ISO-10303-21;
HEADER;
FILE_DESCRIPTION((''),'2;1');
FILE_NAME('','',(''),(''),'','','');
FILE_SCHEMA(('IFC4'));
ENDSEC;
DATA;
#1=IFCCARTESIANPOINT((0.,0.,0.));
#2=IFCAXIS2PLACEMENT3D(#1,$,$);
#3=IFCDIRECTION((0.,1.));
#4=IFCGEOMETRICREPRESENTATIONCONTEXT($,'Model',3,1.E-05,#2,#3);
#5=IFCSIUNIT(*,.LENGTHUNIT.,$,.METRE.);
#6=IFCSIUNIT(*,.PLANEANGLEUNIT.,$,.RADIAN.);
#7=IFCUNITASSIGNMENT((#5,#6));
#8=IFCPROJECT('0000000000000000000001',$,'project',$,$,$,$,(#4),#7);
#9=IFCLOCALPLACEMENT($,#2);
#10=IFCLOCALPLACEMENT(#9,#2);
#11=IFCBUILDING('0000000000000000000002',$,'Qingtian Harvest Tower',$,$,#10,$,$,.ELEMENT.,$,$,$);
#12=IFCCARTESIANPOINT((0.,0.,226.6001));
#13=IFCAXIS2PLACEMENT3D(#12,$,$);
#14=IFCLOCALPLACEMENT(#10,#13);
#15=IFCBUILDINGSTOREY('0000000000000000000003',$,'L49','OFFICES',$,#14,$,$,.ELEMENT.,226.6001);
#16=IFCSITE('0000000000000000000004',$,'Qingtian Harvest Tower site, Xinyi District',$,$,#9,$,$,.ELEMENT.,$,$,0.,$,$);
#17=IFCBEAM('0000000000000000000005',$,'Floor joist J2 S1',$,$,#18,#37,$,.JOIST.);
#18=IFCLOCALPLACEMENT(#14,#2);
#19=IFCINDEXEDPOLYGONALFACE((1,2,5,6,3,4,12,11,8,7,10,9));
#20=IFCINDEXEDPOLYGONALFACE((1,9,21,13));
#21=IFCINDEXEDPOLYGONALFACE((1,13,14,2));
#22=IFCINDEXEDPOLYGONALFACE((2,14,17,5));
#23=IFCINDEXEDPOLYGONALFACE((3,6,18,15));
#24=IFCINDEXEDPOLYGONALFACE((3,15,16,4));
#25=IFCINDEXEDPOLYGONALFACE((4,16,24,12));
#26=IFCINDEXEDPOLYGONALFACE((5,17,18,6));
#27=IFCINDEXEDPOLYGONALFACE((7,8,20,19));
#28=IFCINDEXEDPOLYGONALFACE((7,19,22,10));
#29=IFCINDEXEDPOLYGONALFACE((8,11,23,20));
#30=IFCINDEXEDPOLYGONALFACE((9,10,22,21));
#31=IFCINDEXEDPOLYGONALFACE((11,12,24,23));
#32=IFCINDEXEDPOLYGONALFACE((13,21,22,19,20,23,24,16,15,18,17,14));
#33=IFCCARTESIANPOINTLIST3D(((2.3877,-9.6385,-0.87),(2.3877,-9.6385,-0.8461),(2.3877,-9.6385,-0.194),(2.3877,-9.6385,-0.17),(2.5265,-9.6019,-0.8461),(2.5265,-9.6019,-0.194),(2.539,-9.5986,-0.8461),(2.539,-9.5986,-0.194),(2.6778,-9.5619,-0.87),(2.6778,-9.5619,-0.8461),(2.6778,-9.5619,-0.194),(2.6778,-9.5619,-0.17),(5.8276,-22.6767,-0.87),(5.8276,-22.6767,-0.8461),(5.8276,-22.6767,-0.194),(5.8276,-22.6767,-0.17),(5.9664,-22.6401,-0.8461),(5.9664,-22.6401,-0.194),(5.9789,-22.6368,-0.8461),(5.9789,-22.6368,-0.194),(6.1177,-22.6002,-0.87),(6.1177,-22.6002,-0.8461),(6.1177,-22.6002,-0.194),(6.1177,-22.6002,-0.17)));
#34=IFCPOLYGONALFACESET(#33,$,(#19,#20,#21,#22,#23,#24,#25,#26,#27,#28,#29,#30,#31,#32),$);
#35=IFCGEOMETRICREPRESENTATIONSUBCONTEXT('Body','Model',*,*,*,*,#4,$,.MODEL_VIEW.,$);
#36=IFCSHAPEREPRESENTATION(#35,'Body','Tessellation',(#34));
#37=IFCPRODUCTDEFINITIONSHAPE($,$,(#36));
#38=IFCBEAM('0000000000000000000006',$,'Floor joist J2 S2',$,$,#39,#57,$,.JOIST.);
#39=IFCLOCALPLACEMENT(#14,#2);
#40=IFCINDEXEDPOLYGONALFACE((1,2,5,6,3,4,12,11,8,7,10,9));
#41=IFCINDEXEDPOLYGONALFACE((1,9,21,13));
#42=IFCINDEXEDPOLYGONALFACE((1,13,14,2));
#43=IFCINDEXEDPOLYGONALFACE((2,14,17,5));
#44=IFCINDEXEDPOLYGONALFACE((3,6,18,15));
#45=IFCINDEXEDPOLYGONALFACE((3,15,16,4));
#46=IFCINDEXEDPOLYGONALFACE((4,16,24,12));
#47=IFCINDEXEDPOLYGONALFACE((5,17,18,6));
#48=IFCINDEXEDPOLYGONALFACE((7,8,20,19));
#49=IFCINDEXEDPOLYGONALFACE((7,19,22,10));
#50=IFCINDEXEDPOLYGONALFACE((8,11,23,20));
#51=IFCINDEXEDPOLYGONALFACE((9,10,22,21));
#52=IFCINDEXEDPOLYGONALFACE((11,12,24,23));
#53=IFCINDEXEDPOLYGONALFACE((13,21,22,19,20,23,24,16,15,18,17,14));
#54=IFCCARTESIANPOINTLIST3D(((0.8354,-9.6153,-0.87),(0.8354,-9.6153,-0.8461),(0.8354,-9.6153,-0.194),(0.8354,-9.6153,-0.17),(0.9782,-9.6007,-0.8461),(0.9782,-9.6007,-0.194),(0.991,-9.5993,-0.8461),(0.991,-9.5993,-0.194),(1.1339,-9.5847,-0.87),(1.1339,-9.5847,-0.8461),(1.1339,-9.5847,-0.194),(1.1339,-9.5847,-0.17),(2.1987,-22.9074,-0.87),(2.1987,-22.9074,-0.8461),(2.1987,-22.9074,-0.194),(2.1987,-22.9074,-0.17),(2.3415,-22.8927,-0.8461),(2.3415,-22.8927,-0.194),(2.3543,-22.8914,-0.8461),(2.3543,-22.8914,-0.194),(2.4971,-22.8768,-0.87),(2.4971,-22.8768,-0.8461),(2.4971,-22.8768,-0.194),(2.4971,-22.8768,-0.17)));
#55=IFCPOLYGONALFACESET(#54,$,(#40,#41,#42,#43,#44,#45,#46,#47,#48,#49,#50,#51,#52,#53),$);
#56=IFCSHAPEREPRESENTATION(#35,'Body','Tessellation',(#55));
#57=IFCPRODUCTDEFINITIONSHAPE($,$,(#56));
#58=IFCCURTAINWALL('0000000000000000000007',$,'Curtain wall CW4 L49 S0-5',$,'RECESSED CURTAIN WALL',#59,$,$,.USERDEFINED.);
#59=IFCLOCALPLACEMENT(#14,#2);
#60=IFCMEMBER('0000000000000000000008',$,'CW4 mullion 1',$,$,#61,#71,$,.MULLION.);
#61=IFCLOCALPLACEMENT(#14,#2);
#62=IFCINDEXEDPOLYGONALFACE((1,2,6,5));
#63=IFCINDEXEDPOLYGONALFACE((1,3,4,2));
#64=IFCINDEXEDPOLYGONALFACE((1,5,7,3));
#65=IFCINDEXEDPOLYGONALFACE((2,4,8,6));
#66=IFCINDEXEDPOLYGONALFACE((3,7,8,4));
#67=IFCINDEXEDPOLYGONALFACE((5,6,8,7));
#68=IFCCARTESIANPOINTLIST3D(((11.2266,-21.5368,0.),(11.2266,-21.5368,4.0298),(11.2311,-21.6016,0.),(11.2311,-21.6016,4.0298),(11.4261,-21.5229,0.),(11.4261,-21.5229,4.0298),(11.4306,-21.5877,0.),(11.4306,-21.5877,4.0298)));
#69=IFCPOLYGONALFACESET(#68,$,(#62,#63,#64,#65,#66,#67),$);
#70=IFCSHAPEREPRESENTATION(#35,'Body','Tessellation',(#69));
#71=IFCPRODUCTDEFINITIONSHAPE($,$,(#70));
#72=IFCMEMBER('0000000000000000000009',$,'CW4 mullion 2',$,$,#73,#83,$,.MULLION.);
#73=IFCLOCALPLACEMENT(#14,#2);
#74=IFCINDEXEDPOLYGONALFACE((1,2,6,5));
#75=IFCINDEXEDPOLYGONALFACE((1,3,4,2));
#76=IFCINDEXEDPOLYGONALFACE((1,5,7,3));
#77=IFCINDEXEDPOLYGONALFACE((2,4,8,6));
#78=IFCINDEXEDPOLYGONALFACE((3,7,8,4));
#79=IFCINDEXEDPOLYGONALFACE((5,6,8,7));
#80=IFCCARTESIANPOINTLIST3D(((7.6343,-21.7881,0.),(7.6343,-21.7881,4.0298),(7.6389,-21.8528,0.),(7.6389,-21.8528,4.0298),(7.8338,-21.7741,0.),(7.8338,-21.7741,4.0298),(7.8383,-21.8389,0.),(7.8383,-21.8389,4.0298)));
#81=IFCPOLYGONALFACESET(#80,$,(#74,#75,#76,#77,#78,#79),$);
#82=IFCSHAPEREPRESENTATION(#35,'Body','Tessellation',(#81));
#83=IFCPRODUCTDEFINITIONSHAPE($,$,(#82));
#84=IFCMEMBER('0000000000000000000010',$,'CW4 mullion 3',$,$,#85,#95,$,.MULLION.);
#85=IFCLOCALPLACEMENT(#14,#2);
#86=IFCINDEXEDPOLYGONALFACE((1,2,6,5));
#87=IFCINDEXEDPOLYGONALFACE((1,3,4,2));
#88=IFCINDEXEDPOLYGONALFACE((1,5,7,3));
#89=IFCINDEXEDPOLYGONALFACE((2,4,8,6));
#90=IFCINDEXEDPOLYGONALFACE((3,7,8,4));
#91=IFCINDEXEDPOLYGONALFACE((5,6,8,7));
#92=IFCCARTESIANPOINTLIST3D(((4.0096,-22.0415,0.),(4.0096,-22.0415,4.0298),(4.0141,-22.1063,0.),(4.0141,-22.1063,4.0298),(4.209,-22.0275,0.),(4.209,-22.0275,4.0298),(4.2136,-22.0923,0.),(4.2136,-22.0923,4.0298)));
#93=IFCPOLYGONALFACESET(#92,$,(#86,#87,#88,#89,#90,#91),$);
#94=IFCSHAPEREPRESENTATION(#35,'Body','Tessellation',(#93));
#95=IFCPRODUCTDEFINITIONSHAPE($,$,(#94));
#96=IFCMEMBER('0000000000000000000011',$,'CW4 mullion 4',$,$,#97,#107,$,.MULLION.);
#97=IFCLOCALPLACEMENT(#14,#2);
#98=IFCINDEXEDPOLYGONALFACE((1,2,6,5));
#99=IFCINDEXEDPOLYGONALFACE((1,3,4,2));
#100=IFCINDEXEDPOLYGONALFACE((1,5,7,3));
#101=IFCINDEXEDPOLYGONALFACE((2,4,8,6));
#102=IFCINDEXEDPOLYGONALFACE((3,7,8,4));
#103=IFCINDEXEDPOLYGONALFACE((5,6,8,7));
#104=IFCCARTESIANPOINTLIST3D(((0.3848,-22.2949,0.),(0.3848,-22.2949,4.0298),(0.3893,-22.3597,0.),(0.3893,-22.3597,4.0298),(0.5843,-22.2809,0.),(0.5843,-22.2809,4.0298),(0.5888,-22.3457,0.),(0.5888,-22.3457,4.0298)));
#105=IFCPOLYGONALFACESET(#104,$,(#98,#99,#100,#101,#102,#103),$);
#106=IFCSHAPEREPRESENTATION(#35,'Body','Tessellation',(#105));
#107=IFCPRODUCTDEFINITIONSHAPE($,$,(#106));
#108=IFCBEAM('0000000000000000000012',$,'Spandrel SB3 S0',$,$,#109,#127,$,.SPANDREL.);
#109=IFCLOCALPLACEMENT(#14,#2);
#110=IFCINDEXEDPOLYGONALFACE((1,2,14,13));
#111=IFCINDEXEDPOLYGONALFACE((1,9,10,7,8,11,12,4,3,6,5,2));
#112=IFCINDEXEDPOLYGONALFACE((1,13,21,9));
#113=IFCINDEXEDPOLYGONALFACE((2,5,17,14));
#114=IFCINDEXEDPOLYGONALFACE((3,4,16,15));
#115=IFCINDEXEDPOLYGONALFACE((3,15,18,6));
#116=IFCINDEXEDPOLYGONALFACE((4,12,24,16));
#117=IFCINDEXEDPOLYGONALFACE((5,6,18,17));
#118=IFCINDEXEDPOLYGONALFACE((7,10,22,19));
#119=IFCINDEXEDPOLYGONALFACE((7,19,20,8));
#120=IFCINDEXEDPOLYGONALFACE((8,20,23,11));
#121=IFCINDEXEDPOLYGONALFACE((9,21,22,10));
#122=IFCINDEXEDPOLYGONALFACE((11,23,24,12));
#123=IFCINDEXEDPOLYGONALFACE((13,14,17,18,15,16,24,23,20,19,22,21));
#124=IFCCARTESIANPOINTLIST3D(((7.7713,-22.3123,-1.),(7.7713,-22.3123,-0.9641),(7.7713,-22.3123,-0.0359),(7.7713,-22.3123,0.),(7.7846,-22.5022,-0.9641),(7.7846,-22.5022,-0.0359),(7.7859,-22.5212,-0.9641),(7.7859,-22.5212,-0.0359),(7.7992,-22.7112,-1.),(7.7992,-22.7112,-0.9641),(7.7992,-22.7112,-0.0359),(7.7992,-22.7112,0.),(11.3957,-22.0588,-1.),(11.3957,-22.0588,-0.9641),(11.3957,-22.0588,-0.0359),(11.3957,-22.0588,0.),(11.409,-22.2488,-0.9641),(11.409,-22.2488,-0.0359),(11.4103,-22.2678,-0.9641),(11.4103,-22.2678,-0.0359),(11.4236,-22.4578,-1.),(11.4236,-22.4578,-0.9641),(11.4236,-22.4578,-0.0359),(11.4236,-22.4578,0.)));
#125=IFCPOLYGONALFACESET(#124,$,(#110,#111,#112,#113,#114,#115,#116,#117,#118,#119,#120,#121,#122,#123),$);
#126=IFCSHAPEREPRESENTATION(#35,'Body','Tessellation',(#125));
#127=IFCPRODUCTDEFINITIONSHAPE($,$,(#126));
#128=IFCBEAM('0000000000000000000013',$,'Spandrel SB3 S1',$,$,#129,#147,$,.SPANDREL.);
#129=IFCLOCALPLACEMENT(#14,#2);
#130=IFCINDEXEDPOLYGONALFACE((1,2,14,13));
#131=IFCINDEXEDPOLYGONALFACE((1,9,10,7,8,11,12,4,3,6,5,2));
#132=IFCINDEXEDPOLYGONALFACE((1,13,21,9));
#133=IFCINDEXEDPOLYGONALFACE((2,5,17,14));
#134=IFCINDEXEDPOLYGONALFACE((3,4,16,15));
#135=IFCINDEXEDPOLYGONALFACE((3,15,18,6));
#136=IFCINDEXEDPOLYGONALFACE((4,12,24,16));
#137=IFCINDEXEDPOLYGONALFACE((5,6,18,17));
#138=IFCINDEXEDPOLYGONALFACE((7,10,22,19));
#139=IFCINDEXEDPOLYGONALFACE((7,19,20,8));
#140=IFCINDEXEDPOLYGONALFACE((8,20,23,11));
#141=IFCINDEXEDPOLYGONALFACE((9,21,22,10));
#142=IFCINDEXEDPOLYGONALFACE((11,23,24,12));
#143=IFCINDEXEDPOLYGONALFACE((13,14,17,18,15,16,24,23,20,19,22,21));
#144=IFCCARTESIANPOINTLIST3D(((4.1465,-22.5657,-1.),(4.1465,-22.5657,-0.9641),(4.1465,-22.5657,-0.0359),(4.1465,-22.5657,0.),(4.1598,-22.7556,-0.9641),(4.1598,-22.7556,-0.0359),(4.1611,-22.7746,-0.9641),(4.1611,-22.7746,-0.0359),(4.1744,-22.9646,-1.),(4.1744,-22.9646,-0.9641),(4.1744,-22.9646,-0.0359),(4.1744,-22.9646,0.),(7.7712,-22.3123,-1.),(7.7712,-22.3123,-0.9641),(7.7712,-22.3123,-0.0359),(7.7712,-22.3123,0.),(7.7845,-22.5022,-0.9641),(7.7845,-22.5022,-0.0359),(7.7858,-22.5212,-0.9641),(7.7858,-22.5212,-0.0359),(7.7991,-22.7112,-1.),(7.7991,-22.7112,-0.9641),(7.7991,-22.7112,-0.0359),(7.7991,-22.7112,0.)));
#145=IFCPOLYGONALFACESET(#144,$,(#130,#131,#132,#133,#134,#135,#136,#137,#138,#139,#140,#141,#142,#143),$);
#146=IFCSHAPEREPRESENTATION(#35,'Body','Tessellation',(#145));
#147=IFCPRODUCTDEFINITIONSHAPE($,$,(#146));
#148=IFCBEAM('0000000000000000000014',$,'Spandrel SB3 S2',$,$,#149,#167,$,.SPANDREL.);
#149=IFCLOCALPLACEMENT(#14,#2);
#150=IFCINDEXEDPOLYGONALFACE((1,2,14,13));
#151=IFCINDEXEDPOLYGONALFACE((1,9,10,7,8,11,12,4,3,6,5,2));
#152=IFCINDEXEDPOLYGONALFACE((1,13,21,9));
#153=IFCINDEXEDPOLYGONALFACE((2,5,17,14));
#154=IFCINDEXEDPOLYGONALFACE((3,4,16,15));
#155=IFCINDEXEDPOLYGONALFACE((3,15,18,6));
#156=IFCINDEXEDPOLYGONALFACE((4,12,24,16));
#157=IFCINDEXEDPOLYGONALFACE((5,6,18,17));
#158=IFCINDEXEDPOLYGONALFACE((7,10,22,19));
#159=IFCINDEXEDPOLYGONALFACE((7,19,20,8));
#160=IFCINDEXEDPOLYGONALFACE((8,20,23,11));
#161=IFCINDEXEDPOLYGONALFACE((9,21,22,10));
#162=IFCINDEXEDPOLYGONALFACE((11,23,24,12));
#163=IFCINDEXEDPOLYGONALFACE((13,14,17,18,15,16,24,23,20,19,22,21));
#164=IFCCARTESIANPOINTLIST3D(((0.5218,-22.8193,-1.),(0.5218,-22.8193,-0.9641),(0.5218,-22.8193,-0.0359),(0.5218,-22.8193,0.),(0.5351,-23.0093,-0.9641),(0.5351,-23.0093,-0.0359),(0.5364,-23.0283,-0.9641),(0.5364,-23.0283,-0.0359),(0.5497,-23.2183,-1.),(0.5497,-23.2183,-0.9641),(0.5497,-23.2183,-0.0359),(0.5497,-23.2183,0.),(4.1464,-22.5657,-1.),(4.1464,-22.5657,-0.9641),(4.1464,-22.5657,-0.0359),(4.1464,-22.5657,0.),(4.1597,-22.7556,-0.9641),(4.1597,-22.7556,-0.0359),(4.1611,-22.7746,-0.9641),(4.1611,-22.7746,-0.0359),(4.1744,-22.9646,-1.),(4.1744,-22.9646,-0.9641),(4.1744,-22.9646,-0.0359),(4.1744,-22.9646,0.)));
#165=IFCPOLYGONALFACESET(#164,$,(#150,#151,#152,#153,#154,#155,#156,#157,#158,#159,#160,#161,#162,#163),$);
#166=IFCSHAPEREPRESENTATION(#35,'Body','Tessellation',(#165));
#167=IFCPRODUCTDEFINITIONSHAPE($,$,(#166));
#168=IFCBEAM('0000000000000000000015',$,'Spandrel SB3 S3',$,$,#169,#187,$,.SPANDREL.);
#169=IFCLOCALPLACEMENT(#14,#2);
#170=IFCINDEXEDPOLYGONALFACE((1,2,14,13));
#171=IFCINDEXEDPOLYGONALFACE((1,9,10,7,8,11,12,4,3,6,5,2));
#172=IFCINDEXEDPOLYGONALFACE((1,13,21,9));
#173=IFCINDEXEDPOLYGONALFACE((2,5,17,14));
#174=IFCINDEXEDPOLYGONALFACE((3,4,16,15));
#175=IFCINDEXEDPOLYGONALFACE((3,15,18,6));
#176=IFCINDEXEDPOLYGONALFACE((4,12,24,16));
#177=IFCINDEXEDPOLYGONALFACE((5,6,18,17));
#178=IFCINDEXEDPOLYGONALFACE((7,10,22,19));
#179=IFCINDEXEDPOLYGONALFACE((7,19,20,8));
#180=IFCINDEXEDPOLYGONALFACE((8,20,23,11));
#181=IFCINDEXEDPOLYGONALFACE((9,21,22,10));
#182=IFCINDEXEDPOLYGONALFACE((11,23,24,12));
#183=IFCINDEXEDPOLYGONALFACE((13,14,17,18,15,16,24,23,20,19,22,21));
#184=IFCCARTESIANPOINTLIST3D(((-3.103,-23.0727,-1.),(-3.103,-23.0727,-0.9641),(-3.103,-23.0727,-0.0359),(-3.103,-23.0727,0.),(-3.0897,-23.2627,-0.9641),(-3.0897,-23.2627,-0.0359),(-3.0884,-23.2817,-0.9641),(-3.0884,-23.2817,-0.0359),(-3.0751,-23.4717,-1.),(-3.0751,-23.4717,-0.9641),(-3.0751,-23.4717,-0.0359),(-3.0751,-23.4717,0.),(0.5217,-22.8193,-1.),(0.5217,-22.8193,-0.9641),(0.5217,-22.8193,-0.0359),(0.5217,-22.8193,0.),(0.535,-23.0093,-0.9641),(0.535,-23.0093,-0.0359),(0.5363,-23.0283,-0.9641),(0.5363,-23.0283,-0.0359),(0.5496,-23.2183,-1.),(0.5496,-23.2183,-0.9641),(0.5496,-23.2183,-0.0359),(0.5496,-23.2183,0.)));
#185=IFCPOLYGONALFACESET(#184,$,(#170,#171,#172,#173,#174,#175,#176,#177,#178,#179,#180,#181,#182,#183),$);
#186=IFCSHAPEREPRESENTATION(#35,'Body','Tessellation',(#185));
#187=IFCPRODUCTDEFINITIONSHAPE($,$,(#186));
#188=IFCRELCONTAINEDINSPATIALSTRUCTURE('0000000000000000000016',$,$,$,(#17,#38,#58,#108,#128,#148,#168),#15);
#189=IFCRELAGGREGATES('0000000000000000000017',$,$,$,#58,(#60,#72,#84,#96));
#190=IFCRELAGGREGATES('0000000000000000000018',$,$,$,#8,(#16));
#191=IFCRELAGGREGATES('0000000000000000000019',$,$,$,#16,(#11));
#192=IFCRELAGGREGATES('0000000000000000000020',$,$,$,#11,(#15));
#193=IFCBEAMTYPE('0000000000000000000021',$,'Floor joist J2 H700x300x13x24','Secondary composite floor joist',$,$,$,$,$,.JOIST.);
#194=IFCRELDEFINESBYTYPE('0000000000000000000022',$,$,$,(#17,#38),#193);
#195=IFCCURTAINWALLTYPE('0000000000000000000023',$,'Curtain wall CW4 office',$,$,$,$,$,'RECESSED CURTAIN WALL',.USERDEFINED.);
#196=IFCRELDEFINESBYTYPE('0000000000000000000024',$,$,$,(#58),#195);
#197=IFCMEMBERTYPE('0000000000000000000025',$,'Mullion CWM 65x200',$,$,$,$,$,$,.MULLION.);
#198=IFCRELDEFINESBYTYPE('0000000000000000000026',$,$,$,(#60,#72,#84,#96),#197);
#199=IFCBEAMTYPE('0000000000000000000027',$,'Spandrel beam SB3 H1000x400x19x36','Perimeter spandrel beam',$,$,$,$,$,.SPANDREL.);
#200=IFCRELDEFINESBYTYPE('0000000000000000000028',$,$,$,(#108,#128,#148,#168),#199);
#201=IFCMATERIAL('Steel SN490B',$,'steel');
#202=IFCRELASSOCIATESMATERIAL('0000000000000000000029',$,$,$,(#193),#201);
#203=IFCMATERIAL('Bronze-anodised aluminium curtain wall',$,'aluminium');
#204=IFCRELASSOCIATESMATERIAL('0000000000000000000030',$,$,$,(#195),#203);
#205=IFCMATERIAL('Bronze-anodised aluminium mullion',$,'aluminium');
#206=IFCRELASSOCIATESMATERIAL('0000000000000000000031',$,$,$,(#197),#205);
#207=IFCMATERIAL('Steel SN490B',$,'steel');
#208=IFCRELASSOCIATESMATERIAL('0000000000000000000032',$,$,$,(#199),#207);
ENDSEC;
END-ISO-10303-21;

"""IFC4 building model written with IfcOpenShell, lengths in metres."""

from ifc_helpers import new_model, si_unit, direction, frame, origin, origin_2d, place, context, subcontext, project, spatial, rectangle, i_section, extrude, material, material_profile, profile_set, type_object, element, aggregate, save


model = new_model("IFC4")

# Units and contexts
model_context = context("Model", 3, precision=1e-05, world=origin(), true_north=direction((0.0, 1.0)))
body_context = subcontext(model_context, "Body", "Model", "MODEL_VIEW")
ifc_project = project(units=[si_unit("LENGTHUNIT", "METRE"), si_unit("PLANEANGLEUNIT", "RADIAN")], contexts=[model_context])

# Site, building, storey
site_placement = place(None, origin())
site = spatial("IfcSite", under=ifc_project, at=site_placement, Name="Qingtian Harvest Tower site, Xinyi District", CompositionType="ELEMENT", RefElevation=0.0)
building_placement = place(site_placement, origin())
building = spatial("IfcBuilding", under=site, at=building_placement, Name="Qingtian Harvest Tower", CompositionType="ELEMENT")
storey_placement = place(building_placement, frame((0.0, 0.0, 226.6001)))
storey = spatial("IfcBuildingStorey", under=building, at=storey_placement, Name="L49", Description="OFFICES", CompositionType="ELEMENT", Elevation=226.6001)

# Beams
ifc_material_1 = material(Name="Steel SN490B", Category="steel")
ifc_material_profile_1 = material_profile(ifc_material_1, i_section(OverallWidth=0.3, OverallDepth=0.7, WebThickness=0.0129, FlangeThickness=0.0239, at=origin_2d()), Name="H700x300x13x24")
ifc_profile_set_1 = profile_set([ifc_material_profile_1], Name="Steel SN490B")
beam_type_1 = type_object("IfcBeamType", Name="Floor joist J2 H700x300x13x24", Description="Secondary composite floor joist", PredefinedType="JOIST", material=ifc_profile_set_1)
beam_1_placement = place(storey_placement, frame((5.9727, -22.6384, -0.52), z_axis=(-0.255104, 0.966914, 0.0), x_axis=(-0.966914, -0.255104, 0.0)))
element("IfcBeam", 1, at=beam_1_placement, inside=storey, type_object=beam_type_1, Name="Floor joist J2 S1", PredefinedType="JOIST", context=body_context, shape_type="SweptSolid", body=[
    extrude(i_section(OverallWidth=0.3, OverallDepth=0.7, WebThickness=0.0129, FlangeThickness=0.0239, at=origin_2d()), origin(), (0.0, 0.0, 1.0), 13.4844),
])
beam_2_placement = place(storey_placement, frame((2.3479, -22.8921, -0.52), z_axis=(-0.102029, 0.994781, 0.0), x_axis=(-0.994781, -0.102029, 0.0)))
element("IfcBeam", 2, at=beam_2_placement, inside=storey, type_object=beam_type_1, Name="Floor joist J2 S2", PredefinedType="JOIST", context=body_context, shape_type="SweptSolid", body=[
    extrude(i_section(OverallWidth=0.3, OverallDepth=0.7, WebThickness=0.0129, FlangeThickness=0.0239, at=origin_2d()), origin(), (0.0, 0.0, 1.0), 13.3618),
])

# Curtain wall, members
ifc_material_2 = material(Name="Bronze-anodised aluminium curtain wall", Category="aluminium")
curtain_wall_type = type_object("IfcCurtainWallType", Name="Curtain wall CW4 office", ElementType="RECESSED CURTAIN WALL", PredefinedType="USERDEFINED", material=ifc_material_2)
curtain_wall_placement = place(storey_placement, origin())
curtain_wall = element("IfcCurtainWall", 3, at=curtain_wall_placement, inside=storey, type_object=curtain_wall_type, Name="Curtain wall CW4 L49 S0-5", ObjectType="RECESSED CURTAIN WALL", PredefinedType="USERDEFINED")
ifc_material_3 = material(Name="Bronze-anodised aluminium mullion", Category="aluminium")
ifc_material_profile_2 = material_profile(ifc_material_3, rectangle(XDim=0.0649, YDim=0.2, at=origin_2d()), Name="AL 65x200")
ifc_profile_set_2 = profile_set([ifc_material_profile_2], Name="Bronze-anodised aluminium mullion")
member_type_1 = type_object("IfcMemberType", Name="Mullion CWM 65x200", PredefinedType="MULLION", material=ifc_profile_set_2)
member_1_placement = place(storey_placement, frame((11.3286, -21.5623, 0.0), z_axis=(0.0, 0.0, 1.0), x_axis=(0.069756, -0.997564, 0.0)))
member_1 = element("IfcMember", 4, at=member_1_placement, type_object=member_type_1, Name="CW4 mullion 1", PredefinedType="MULLION", context=body_context, shape_type="SweptSolid", body=[
    extrude(rectangle(XDim=0.0649, YDim=0.2, at=origin_2d()), origin(), (0.0, 0.0, 1.0), 4.0298),
])
member_2_placement = place(storey_placement, frame((7.7363, -21.8135, 0.0), z_axis=(0.0, 0.0, 1.0), x_axis=(0.069756, -0.997564, 0.0)))
member_2 = element("IfcMember", 5, at=member_2_placement, type_object=member_type_1, Name="CW4 mullion 2", PredefinedType="MULLION", context=body_context, shape_type="SweptSolid", body=[
    extrude(rectangle(XDim=0.0649, YDim=0.2, at=origin_2d()), origin(), (0.0, 0.0, 1.0), 4.0298),
])
member_3_placement = place(storey_placement, frame((4.1116, -22.0669, 0.0), z_axis=(0.0, 0.0, 1.0), x_axis=(0.069756, -0.997564, 0.0)))
member_3 = element("IfcMember", 6, at=member_3_placement, type_object=member_type_1, Name="CW4 mullion 3", PredefinedType="MULLION", context=body_context, shape_type="SweptSolid", body=[
    extrude(rectangle(XDim=0.0649, YDim=0.2, at=origin_2d()), origin(), (0.0, 0.0, 1.0), 4.0298),
])
member_4_placement = place(storey_placement, frame((0.4868, -22.3203, 0.0), z_axis=(0.0, 0.0, 1.0), x_axis=(0.069756, -0.997564, 0.0)))
member_4 = element("IfcMember", 7, at=member_4_placement, type_object=member_type_1, Name="CW4 mullion 4", PredefinedType="MULLION", context=body_context, shape_type="SweptSolid", body=[
    extrude(rectangle(XDim=0.0649, YDim=0.2, at=origin_2d()), origin(), (0.0, 0.0, 1.0), 4.0298),
])

# Beams
ifc_material_4 = material(Name="Steel SN490B", Category="steel")
ifc_material_profile_3 = material_profile(ifc_material_4, i_section(OverallWidth=0.3999, OverallDepth=1.0, WebThickness=0.019, FlangeThickness=0.0359, at=origin_2d()), Name="H1000x400x19x36")
ifc_profile_set_3 = profile_set([ifc_material_profile_3], Name="Steel SN490B")
beam_type_2 = type_object("IfcBeamType", Name="Spandrel beam SB3 H1000x400x19x36", Description="Perimeter spandrel beam", PredefinedType="SPANDREL", material=ifc_profile_set_3)
beam_3_placement = place(storey_placement, frame((11.4097, -22.2583, -0.5), z_axis=(-0.997565, -0.069748, 0.0), x_axis=(0.069748, -0.997565, 0.0)))
element("IfcBeam", 8, at=beam_3_placement, inside=storey, type_object=beam_type_2, Name="Spandrel SB3 S0", PredefinedType="SPANDREL", context=body_context, shape_type="SweptSolid", body=[
    extrude(i_section(OverallWidth=0.3999, OverallDepth=1.0, WebThickness=0.019, FlangeThickness=0.0359, at=origin_2d()), origin(), (0.0, 0.0, 1.0), 3.6333),
])
for number, where, z_axis, x_axis, name in (
    (9, (7.7852, -22.5117, -0.5), (-0.997565, -0.069743, 0.0), (0.069743, -0.997565, 0.0), "Spandrel SB3 S1"),
    (10, (4.1604, -22.7651, -0.5), (-0.99756, -0.06981, 0.0), (0.06981, -0.99756, 0.0), "Spandrel SB3 S2"),
    (11, (0.5356, -23.0188, -0.5), (-0.997565, -0.069743, 0.0), (0.069743, -0.997565, 0.0), "Spandrel SB3 S3"),
):
    element("IfcBeam", number, at=place(storey_placement, frame(where, z_axis=z_axis, x_axis=x_axis)), inside=storey, type_object=beam_type_2, Name=name, PredefinedType="SPANDREL", context=body_context, shape_type="SweptSolid", body=[
        extrude(i_section(OverallWidth=0.3999, OverallDepth=1.0, WebThickness=0.019, FlangeThickness=0.0359, at=origin_2d()), origin(), (0.0, 0.0, 1.0), 3.6335),
    ])

aggregate(curtain_wall, [member_1, member_2, member_3, member_4])

save(model, "model.ifc")
